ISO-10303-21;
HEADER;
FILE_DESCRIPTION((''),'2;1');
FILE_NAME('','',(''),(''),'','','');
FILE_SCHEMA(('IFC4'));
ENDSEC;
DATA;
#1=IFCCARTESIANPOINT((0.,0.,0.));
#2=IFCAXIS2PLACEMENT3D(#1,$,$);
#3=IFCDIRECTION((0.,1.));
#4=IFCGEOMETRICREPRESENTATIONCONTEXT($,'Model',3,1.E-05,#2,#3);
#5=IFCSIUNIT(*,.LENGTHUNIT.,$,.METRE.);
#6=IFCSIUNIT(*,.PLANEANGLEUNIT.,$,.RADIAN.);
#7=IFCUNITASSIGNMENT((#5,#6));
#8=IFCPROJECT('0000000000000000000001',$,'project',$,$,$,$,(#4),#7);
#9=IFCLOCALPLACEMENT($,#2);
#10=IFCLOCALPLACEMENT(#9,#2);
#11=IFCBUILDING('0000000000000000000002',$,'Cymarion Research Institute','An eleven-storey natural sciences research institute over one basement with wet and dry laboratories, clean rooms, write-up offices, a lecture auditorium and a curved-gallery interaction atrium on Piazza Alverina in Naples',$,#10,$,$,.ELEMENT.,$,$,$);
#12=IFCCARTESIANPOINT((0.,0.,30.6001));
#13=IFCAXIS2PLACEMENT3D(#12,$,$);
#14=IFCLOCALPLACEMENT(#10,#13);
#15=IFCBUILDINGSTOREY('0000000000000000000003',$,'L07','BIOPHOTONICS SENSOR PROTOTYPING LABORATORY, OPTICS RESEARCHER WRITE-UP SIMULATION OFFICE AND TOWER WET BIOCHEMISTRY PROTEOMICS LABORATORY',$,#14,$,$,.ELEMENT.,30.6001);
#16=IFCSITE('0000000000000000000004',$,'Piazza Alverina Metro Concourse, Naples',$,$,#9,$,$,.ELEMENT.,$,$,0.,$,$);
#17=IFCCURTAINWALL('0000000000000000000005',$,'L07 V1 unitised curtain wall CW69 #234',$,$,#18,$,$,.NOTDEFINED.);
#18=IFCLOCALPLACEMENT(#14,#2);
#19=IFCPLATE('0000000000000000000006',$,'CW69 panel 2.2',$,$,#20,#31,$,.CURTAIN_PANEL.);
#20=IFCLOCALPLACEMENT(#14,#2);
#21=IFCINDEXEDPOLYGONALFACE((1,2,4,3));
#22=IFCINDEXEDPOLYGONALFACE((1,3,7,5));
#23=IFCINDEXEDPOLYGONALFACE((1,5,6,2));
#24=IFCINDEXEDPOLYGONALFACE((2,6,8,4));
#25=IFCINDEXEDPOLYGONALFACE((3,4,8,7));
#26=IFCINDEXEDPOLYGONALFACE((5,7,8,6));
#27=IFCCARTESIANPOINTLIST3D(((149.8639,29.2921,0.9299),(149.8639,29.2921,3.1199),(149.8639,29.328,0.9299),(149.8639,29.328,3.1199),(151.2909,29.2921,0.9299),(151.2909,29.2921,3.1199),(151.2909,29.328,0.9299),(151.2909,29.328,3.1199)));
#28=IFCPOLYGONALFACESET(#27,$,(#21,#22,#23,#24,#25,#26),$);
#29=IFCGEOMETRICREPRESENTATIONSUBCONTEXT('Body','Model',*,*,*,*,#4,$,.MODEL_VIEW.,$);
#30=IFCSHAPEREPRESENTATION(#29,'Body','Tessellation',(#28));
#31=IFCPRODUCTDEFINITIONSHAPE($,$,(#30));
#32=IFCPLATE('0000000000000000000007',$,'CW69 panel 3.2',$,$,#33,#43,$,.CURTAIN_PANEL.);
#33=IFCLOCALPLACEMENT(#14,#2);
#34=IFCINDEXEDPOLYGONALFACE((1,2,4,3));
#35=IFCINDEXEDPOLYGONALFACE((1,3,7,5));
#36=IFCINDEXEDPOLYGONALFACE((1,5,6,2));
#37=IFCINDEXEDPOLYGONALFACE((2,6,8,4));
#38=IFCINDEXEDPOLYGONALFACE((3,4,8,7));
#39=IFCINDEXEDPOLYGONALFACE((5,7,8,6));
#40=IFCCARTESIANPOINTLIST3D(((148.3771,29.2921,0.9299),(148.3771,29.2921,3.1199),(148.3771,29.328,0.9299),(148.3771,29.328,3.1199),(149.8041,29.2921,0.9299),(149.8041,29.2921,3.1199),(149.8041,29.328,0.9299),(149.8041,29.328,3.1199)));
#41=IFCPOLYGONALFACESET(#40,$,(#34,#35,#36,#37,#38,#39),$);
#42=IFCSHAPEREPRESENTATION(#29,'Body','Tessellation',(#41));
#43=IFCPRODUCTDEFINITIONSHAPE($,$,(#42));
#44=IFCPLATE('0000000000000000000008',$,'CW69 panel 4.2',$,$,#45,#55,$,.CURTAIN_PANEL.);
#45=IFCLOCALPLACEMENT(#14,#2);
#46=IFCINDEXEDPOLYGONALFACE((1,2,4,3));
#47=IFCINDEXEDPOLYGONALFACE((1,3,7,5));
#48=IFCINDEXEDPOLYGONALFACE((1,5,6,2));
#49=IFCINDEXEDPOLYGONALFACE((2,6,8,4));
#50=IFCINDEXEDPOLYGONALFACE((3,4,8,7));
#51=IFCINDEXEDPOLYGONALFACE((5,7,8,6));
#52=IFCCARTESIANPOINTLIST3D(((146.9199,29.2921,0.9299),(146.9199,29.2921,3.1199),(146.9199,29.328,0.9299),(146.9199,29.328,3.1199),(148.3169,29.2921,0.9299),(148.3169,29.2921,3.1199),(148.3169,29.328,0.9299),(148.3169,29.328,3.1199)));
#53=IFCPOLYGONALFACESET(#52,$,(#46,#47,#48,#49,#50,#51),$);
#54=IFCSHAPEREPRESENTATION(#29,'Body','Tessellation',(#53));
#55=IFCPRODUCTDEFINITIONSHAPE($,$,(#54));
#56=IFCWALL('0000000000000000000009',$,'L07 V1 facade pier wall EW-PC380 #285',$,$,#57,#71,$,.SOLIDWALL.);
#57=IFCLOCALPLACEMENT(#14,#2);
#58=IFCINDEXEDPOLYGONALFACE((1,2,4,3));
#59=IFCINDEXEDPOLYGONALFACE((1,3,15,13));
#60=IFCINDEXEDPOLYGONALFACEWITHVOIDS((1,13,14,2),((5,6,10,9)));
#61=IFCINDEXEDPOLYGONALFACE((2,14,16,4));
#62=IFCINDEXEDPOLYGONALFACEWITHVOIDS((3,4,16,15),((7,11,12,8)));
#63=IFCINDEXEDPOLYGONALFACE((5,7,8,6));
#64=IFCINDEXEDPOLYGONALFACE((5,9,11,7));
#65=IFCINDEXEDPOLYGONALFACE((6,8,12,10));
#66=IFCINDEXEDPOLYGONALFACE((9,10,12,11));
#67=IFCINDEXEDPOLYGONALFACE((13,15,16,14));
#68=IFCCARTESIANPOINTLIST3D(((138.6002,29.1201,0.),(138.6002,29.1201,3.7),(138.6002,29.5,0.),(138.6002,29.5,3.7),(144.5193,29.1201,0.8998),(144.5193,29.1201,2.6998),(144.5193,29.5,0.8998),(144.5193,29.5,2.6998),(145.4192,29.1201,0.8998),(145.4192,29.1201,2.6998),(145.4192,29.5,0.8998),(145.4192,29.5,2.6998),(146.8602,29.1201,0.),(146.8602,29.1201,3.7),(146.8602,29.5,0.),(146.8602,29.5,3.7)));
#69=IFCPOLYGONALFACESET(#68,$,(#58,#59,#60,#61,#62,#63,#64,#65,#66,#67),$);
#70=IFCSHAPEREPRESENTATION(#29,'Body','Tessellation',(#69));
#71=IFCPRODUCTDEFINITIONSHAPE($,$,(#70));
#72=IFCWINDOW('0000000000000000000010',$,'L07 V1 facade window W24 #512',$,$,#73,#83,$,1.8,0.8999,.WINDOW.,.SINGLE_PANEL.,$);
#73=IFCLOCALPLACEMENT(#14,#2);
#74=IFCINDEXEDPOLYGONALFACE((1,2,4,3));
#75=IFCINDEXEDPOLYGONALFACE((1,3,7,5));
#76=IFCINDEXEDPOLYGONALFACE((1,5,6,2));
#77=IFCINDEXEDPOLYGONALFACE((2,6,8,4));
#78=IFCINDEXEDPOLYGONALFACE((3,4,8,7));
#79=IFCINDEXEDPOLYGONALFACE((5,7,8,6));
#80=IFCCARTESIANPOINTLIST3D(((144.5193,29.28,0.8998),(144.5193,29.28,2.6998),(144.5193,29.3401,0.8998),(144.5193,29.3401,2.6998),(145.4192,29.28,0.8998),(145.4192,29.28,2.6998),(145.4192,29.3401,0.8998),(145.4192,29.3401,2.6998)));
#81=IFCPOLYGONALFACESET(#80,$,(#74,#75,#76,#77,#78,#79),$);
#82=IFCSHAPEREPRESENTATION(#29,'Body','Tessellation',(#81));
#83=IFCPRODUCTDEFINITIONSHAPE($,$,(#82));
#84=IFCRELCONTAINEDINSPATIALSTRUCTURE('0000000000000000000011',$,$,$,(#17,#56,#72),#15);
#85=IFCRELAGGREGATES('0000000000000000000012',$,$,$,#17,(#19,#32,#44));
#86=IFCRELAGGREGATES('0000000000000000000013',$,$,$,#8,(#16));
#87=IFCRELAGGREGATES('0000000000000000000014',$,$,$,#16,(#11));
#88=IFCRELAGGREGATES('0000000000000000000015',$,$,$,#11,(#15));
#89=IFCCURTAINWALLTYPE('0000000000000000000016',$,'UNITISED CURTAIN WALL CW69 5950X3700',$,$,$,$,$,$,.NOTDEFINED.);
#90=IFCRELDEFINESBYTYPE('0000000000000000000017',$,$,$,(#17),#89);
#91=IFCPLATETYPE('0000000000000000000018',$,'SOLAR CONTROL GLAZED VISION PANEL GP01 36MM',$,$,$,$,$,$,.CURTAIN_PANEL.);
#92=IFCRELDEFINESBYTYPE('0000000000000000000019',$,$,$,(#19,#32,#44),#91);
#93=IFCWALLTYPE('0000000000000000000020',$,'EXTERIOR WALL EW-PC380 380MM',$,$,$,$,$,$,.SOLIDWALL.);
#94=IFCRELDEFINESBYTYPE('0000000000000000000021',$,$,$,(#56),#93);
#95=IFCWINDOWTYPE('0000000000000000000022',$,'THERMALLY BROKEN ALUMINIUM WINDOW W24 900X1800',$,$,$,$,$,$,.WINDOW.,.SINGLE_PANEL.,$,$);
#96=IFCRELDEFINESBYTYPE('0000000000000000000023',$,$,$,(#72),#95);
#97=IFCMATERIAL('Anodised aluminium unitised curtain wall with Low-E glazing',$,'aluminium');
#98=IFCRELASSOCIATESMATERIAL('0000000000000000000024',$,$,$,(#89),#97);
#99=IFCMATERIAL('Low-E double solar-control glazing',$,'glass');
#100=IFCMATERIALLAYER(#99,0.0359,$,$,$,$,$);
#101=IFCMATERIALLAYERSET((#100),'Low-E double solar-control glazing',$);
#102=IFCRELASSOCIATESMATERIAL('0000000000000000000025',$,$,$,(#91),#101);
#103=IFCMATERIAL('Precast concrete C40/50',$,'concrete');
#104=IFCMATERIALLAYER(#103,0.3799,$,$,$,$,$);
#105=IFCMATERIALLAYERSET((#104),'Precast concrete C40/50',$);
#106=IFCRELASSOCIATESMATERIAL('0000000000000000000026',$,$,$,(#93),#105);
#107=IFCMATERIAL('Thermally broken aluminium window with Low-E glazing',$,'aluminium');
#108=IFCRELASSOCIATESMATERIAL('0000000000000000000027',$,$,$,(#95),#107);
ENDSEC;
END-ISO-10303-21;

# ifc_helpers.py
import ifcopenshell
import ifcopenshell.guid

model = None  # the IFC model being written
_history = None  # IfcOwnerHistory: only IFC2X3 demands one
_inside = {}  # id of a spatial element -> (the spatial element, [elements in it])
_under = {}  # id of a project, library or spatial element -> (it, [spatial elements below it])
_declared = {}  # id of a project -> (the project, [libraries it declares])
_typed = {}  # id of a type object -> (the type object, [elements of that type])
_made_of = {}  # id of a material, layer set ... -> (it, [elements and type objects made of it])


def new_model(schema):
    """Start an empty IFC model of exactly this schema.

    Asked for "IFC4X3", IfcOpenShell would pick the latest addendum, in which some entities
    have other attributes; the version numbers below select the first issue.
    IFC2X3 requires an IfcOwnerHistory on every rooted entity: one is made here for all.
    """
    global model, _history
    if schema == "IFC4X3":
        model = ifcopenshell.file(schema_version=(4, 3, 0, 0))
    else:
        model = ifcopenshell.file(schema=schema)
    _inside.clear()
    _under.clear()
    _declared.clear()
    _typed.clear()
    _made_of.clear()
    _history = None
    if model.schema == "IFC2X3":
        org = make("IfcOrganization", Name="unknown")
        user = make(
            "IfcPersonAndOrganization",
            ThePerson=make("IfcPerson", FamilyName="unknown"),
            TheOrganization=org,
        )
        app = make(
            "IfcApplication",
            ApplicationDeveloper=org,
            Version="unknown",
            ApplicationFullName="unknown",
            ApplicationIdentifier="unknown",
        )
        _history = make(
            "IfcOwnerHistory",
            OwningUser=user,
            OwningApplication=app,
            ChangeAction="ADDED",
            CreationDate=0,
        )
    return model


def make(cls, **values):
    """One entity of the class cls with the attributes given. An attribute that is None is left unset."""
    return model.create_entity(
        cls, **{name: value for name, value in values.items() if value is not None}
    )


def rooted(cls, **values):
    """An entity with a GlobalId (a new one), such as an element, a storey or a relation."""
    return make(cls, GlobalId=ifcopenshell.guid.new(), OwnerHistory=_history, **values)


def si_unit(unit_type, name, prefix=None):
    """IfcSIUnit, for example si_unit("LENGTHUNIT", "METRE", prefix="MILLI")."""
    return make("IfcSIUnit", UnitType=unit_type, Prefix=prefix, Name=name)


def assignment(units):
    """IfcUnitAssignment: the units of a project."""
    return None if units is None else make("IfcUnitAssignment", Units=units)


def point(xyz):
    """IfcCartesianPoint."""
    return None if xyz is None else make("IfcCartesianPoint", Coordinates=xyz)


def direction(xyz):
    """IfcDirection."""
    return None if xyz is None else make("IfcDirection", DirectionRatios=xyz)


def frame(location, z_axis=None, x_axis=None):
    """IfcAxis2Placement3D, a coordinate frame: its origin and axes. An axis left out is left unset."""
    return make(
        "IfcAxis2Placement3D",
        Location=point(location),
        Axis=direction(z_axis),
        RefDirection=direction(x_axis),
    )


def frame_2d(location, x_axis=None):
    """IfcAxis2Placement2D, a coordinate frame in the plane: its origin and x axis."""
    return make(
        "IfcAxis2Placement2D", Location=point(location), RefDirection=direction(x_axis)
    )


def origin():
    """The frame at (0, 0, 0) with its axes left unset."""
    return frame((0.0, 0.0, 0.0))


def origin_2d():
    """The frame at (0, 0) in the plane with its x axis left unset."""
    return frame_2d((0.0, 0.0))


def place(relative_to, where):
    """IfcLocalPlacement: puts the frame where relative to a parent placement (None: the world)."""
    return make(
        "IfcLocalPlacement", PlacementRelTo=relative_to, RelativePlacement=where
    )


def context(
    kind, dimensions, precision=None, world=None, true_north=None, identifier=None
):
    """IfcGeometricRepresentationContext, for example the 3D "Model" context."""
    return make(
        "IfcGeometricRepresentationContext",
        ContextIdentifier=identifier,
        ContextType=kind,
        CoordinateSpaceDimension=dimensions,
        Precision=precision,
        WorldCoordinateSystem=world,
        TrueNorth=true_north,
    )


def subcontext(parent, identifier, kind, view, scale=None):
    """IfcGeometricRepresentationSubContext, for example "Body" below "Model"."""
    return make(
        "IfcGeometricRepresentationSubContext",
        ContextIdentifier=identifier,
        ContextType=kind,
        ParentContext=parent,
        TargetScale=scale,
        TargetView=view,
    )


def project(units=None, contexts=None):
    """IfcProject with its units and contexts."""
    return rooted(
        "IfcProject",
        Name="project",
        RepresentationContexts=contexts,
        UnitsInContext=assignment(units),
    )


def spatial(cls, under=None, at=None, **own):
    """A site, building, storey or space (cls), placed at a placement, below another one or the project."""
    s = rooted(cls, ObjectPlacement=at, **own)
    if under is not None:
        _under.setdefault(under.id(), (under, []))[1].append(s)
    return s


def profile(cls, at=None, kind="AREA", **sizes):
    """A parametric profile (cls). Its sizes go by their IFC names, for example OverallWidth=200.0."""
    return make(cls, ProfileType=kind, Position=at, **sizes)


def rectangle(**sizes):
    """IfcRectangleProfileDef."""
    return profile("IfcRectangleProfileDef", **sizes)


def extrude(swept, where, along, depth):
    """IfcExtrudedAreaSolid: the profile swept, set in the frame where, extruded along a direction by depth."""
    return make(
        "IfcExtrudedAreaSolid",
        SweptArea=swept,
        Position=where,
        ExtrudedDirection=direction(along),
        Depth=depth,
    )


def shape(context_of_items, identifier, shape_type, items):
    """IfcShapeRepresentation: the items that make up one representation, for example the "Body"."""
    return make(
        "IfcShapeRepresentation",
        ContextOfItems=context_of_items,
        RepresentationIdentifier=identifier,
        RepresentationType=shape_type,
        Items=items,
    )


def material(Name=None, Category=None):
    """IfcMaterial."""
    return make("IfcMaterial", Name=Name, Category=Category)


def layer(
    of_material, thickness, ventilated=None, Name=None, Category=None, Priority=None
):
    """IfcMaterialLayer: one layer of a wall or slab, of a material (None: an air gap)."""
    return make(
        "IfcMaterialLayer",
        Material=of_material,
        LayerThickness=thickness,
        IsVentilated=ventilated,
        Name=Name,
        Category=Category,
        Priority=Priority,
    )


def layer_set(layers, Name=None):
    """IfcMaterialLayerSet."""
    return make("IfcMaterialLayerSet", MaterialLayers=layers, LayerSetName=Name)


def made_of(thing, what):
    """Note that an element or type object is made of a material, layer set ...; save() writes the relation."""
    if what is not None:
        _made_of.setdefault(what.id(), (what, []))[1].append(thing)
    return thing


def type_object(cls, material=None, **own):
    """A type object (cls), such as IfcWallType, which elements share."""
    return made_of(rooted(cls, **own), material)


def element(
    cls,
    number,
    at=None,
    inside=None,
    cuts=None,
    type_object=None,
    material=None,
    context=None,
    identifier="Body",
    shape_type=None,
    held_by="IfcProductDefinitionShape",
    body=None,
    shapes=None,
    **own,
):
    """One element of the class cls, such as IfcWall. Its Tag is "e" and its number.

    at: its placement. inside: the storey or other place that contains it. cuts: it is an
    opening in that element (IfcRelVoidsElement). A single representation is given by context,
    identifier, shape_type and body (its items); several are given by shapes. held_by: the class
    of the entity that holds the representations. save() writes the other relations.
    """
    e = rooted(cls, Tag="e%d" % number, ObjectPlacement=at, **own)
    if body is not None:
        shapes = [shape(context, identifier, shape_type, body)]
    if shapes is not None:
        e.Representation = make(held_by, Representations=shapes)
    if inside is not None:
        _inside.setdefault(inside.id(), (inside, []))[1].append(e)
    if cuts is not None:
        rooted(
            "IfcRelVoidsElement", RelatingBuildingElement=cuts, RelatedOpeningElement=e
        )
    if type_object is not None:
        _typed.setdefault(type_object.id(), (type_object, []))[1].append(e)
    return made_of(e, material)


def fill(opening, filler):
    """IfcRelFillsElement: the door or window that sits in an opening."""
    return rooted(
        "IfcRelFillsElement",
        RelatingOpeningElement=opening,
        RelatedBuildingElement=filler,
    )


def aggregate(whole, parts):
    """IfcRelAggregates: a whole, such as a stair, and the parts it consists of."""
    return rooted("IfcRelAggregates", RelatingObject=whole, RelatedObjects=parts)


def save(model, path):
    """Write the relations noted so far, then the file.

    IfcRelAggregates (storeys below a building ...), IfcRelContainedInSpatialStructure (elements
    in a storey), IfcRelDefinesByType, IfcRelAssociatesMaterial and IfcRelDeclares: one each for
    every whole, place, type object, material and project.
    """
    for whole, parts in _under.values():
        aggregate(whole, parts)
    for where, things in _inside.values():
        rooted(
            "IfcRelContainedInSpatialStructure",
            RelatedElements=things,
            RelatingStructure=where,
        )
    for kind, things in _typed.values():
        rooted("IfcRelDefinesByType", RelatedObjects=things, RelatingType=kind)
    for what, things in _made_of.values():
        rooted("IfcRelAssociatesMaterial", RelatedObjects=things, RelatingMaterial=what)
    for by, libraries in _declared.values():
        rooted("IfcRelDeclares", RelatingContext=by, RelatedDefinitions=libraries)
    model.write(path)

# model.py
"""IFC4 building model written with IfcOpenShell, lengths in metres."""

from ifc_helpers import new_model, si_unit, direction, frame, frame_2d, origin, origin_2d, place, context, subcontext, project, spatial, rectangle, extrude, material, layer, layer_set, type_object, element, fill, aggregate, save


model = new_model("IFC4")

# Units and contexts
model_context = context("Model", 3, precision=1e-05, world=origin(), true_north=direction((0.0, 1.0)))
body_context = subcontext(model_context, "Body", "Model", "MODEL_VIEW")
ifc_project = project(units=[si_unit("LENGTHUNIT", "METRE"), si_unit("PLANEANGLEUNIT", "RADIAN")], contexts=[model_context])

# Site, building, storey
site_placement = place(None, origin())
site = spatial("IfcSite", under=ifc_project, at=site_placement, Name="Piazza Alverina Metro Concourse, Naples", CompositionType="ELEMENT", RefElevation=0.0)
building_placement = place(site_placement, origin())
building = spatial("IfcBuilding", under=site, at=building_placement, Name="Cymarion Research Institute", Description="An eleven-storey natural sciences research institute over one basement with wet and dry laboratories, clean rooms, write-up offices, a lecture auditorium and a curved-gallery interaction atrium on Piazza Alverina in Naples", CompositionType="ELEMENT")
storey_placement = place(building_placement, frame((0.0, 0.0, 30.6001)))
storey = spatial("IfcBuildingStorey", under=building, at=storey_placement, Name="L07", Description="BIOPHOTONICS SENSOR PROTOTYPING LABORATORY, OPTICS RESEARCHER WRITE-UP SIMULATION OFFICE AND TOWER WET BIOCHEMISTRY PROTEOMICS LABORATORY", CompositionType="ELEMENT", Elevation=30.6001)

# Curtain wall
ifc_material_1 = material(Name="Anodised aluminium unitised curtain wall with Low-E glazing", Category="aluminium")
curtain_wall_type = type_object("IfcCurtainWallType", Name="UNITISED CURTAIN WALL CW69 5950X3700", PredefinedType="NOTDEFINED", material=ifc_material_1)
curtain_wall_placement = place(storey_placement, origin())
curtain_wall = element("IfcCurtainWall", 1, at=curtain_wall_placement, inside=storey, type_object=curtain_wall_type, Name="L07 V1 unitised curtain wall CW69 #234", PredefinedType="NOTDEFINED")

# Plates
ifc_material_2 = material(Name="Low-E double solar-control glazing", Category="glass")
ifc_layer_1 = layer(ifc_material_2, 0.0359)
ifc_layer_set_1 = layer_set([ifc_layer_1], Name="Low-E double solar-control glazing")
plate_type_1 = type_object("IfcPlateType", Name="SOLAR CONTROL GLAZED VISION PANEL GP01 36MM", PredefinedType="CURTAIN_PANEL", material=ifc_layer_set_1)
plate_1_placement = place(storey_placement, frame((150.5774, 29.3101, 0.9299), z_axis=(0.0, 0.0, 1.0), x_axis=(-1.0, 0.0, 0.0)))
plate_1 = element("IfcPlate", 2, at=plate_1_placement, type_object=plate_type_1, Name="CW69 panel 2.2", PredefinedType="CURTAIN_PANEL", context=body_context, shape_type="SweptSolid", body=[
    extrude(rectangle(XDim=1.427, YDim=0.0359, at=origin_2d()), origin(), (0.0, 0.0, 1.0), 2.1899),
])
plate_2_placement = place(storey_placement, frame((149.0906, 29.3101, 0.9299), z_axis=(0.0, 0.0, 1.0), x_axis=(-1.0, 0.0, 0.0)))
plate_2 = element("IfcPlate", 3, at=plate_2_placement, type_object=plate_type_1, Name="CW69 panel 3.2", PredefinedType="CURTAIN_PANEL", context=body_context, shape_type="SweptSolid", body=[
    extrude(rectangle(XDim=1.427, YDim=0.0359, at=origin_2d()), origin(), (0.0, 0.0, 1.0), 2.1899),
])
plate_3_placement = place(storey_placement, frame((147.6184, 29.3101, 0.9299), z_axis=(0.0, 0.0, 1.0), x_axis=(-1.0, 0.0, 0.0)))
plate_3 = element("IfcPlate", 4, at=plate_3_placement, type_object=plate_type_1, Name="CW69 panel 4.2", PredefinedType="CURTAIN_PANEL", context=body_context, shape_type="SweptSolid", body=[
    extrude(rectangle(XDim=1.397, YDim=0.0359, at=origin_2d()), origin(), (0.0, 0.0, 1.0), 2.1899),
])
aggregate(curtain_wall, [plate_1, plate_2, plate_3])

# Wall, opening, window
ifc_material_3 = material(Name="Precast concrete C40/50", Category="concrete")
ifc_layer_2 = layer(ifc_material_3, 0.3799)
ifc_layer_set_2 = layer_set([ifc_layer_2], Name="Precast concrete C40/50")
wall_type = type_object("IfcWallType", Name="EXTERIOR WALL EW-PC380 380MM", PredefinedType="SOLIDWALL", material=ifc_layer_set_2)
wall_placement = place(storey_placement, frame((146.8601, 29.3101, 0.0), z_axis=(0.0, 0.0, 1.0), x_axis=(-1.0, 0.0, 0.0)))
wall = element("IfcWall", 5, at=wall_placement, inside=storey, type_object=wall_type, Name="L07 V1 facade pier wall EW-PC380 #285", PredefinedType="SOLIDWALL", context=body_context, shape_type="SweptSolid", body=[
    extrude(rectangle(XDim=8.26, YDim=0.3799, at=frame_2d((4.1299, 0.0))), origin(), (0.0, 0.0, 1.0), 3.7),
])
opening_placement = place(wall_placement, frame((1.4409, 0.0, 0.8999)))
opening = element("IfcOpeningElement", 6, at=opening_placement, cuts=wall, PredefinedType="OPENING", context=body_context, shape_type="SweptSolid", body=[
    extrude(rectangle(XDim=0.8999, YDim=1.8, at=frame_2d((0.45, 0.8999))), frame((0.0, 0.2, 0.0), z_axis=(0.0, -1.0, 0.0), x_axis=(1.0, 0.0, 0.0)), (0.0, 0.0, 1.0), 0.3999),
])
ifc_material_4 = material(Name="Thermally broken aluminium window with Low-E glazing", Category="aluminium")
window_type = type_object("IfcWindowType", Name="THERMALLY BROKEN ALUMINIUM WINDOW W24 900X1800", PartitioningType="SINGLE_PANEL", PredefinedType="WINDOW", material=ifc_material_4)
window_placement = place(opening_placement, origin())
window = element("IfcWindow", 7, at=window_placement, inside=storey, type_object=window_type, Name="L07 V1 facade window W24 #512", OverallHeight=1.8, OverallWidth=0.8999, PartitioningType="SINGLE_PANEL", PredefinedType="WINDOW", context=body_context, shape_type="SweptSolid", body=[
    extrude(rectangle(XDim=0.8999, YDim=1.8, at=frame_2d((0.45, 0.8999))), frame((0.0, 0.03, 0.0), z_axis=(0.0, -1.0, 0.0), x_axis=(1.0, 0.0, 0.0)), (0.0, 0.0, 1.0), 0.0601),
])
fill(opening, window)

save(model, "model.ifc")
